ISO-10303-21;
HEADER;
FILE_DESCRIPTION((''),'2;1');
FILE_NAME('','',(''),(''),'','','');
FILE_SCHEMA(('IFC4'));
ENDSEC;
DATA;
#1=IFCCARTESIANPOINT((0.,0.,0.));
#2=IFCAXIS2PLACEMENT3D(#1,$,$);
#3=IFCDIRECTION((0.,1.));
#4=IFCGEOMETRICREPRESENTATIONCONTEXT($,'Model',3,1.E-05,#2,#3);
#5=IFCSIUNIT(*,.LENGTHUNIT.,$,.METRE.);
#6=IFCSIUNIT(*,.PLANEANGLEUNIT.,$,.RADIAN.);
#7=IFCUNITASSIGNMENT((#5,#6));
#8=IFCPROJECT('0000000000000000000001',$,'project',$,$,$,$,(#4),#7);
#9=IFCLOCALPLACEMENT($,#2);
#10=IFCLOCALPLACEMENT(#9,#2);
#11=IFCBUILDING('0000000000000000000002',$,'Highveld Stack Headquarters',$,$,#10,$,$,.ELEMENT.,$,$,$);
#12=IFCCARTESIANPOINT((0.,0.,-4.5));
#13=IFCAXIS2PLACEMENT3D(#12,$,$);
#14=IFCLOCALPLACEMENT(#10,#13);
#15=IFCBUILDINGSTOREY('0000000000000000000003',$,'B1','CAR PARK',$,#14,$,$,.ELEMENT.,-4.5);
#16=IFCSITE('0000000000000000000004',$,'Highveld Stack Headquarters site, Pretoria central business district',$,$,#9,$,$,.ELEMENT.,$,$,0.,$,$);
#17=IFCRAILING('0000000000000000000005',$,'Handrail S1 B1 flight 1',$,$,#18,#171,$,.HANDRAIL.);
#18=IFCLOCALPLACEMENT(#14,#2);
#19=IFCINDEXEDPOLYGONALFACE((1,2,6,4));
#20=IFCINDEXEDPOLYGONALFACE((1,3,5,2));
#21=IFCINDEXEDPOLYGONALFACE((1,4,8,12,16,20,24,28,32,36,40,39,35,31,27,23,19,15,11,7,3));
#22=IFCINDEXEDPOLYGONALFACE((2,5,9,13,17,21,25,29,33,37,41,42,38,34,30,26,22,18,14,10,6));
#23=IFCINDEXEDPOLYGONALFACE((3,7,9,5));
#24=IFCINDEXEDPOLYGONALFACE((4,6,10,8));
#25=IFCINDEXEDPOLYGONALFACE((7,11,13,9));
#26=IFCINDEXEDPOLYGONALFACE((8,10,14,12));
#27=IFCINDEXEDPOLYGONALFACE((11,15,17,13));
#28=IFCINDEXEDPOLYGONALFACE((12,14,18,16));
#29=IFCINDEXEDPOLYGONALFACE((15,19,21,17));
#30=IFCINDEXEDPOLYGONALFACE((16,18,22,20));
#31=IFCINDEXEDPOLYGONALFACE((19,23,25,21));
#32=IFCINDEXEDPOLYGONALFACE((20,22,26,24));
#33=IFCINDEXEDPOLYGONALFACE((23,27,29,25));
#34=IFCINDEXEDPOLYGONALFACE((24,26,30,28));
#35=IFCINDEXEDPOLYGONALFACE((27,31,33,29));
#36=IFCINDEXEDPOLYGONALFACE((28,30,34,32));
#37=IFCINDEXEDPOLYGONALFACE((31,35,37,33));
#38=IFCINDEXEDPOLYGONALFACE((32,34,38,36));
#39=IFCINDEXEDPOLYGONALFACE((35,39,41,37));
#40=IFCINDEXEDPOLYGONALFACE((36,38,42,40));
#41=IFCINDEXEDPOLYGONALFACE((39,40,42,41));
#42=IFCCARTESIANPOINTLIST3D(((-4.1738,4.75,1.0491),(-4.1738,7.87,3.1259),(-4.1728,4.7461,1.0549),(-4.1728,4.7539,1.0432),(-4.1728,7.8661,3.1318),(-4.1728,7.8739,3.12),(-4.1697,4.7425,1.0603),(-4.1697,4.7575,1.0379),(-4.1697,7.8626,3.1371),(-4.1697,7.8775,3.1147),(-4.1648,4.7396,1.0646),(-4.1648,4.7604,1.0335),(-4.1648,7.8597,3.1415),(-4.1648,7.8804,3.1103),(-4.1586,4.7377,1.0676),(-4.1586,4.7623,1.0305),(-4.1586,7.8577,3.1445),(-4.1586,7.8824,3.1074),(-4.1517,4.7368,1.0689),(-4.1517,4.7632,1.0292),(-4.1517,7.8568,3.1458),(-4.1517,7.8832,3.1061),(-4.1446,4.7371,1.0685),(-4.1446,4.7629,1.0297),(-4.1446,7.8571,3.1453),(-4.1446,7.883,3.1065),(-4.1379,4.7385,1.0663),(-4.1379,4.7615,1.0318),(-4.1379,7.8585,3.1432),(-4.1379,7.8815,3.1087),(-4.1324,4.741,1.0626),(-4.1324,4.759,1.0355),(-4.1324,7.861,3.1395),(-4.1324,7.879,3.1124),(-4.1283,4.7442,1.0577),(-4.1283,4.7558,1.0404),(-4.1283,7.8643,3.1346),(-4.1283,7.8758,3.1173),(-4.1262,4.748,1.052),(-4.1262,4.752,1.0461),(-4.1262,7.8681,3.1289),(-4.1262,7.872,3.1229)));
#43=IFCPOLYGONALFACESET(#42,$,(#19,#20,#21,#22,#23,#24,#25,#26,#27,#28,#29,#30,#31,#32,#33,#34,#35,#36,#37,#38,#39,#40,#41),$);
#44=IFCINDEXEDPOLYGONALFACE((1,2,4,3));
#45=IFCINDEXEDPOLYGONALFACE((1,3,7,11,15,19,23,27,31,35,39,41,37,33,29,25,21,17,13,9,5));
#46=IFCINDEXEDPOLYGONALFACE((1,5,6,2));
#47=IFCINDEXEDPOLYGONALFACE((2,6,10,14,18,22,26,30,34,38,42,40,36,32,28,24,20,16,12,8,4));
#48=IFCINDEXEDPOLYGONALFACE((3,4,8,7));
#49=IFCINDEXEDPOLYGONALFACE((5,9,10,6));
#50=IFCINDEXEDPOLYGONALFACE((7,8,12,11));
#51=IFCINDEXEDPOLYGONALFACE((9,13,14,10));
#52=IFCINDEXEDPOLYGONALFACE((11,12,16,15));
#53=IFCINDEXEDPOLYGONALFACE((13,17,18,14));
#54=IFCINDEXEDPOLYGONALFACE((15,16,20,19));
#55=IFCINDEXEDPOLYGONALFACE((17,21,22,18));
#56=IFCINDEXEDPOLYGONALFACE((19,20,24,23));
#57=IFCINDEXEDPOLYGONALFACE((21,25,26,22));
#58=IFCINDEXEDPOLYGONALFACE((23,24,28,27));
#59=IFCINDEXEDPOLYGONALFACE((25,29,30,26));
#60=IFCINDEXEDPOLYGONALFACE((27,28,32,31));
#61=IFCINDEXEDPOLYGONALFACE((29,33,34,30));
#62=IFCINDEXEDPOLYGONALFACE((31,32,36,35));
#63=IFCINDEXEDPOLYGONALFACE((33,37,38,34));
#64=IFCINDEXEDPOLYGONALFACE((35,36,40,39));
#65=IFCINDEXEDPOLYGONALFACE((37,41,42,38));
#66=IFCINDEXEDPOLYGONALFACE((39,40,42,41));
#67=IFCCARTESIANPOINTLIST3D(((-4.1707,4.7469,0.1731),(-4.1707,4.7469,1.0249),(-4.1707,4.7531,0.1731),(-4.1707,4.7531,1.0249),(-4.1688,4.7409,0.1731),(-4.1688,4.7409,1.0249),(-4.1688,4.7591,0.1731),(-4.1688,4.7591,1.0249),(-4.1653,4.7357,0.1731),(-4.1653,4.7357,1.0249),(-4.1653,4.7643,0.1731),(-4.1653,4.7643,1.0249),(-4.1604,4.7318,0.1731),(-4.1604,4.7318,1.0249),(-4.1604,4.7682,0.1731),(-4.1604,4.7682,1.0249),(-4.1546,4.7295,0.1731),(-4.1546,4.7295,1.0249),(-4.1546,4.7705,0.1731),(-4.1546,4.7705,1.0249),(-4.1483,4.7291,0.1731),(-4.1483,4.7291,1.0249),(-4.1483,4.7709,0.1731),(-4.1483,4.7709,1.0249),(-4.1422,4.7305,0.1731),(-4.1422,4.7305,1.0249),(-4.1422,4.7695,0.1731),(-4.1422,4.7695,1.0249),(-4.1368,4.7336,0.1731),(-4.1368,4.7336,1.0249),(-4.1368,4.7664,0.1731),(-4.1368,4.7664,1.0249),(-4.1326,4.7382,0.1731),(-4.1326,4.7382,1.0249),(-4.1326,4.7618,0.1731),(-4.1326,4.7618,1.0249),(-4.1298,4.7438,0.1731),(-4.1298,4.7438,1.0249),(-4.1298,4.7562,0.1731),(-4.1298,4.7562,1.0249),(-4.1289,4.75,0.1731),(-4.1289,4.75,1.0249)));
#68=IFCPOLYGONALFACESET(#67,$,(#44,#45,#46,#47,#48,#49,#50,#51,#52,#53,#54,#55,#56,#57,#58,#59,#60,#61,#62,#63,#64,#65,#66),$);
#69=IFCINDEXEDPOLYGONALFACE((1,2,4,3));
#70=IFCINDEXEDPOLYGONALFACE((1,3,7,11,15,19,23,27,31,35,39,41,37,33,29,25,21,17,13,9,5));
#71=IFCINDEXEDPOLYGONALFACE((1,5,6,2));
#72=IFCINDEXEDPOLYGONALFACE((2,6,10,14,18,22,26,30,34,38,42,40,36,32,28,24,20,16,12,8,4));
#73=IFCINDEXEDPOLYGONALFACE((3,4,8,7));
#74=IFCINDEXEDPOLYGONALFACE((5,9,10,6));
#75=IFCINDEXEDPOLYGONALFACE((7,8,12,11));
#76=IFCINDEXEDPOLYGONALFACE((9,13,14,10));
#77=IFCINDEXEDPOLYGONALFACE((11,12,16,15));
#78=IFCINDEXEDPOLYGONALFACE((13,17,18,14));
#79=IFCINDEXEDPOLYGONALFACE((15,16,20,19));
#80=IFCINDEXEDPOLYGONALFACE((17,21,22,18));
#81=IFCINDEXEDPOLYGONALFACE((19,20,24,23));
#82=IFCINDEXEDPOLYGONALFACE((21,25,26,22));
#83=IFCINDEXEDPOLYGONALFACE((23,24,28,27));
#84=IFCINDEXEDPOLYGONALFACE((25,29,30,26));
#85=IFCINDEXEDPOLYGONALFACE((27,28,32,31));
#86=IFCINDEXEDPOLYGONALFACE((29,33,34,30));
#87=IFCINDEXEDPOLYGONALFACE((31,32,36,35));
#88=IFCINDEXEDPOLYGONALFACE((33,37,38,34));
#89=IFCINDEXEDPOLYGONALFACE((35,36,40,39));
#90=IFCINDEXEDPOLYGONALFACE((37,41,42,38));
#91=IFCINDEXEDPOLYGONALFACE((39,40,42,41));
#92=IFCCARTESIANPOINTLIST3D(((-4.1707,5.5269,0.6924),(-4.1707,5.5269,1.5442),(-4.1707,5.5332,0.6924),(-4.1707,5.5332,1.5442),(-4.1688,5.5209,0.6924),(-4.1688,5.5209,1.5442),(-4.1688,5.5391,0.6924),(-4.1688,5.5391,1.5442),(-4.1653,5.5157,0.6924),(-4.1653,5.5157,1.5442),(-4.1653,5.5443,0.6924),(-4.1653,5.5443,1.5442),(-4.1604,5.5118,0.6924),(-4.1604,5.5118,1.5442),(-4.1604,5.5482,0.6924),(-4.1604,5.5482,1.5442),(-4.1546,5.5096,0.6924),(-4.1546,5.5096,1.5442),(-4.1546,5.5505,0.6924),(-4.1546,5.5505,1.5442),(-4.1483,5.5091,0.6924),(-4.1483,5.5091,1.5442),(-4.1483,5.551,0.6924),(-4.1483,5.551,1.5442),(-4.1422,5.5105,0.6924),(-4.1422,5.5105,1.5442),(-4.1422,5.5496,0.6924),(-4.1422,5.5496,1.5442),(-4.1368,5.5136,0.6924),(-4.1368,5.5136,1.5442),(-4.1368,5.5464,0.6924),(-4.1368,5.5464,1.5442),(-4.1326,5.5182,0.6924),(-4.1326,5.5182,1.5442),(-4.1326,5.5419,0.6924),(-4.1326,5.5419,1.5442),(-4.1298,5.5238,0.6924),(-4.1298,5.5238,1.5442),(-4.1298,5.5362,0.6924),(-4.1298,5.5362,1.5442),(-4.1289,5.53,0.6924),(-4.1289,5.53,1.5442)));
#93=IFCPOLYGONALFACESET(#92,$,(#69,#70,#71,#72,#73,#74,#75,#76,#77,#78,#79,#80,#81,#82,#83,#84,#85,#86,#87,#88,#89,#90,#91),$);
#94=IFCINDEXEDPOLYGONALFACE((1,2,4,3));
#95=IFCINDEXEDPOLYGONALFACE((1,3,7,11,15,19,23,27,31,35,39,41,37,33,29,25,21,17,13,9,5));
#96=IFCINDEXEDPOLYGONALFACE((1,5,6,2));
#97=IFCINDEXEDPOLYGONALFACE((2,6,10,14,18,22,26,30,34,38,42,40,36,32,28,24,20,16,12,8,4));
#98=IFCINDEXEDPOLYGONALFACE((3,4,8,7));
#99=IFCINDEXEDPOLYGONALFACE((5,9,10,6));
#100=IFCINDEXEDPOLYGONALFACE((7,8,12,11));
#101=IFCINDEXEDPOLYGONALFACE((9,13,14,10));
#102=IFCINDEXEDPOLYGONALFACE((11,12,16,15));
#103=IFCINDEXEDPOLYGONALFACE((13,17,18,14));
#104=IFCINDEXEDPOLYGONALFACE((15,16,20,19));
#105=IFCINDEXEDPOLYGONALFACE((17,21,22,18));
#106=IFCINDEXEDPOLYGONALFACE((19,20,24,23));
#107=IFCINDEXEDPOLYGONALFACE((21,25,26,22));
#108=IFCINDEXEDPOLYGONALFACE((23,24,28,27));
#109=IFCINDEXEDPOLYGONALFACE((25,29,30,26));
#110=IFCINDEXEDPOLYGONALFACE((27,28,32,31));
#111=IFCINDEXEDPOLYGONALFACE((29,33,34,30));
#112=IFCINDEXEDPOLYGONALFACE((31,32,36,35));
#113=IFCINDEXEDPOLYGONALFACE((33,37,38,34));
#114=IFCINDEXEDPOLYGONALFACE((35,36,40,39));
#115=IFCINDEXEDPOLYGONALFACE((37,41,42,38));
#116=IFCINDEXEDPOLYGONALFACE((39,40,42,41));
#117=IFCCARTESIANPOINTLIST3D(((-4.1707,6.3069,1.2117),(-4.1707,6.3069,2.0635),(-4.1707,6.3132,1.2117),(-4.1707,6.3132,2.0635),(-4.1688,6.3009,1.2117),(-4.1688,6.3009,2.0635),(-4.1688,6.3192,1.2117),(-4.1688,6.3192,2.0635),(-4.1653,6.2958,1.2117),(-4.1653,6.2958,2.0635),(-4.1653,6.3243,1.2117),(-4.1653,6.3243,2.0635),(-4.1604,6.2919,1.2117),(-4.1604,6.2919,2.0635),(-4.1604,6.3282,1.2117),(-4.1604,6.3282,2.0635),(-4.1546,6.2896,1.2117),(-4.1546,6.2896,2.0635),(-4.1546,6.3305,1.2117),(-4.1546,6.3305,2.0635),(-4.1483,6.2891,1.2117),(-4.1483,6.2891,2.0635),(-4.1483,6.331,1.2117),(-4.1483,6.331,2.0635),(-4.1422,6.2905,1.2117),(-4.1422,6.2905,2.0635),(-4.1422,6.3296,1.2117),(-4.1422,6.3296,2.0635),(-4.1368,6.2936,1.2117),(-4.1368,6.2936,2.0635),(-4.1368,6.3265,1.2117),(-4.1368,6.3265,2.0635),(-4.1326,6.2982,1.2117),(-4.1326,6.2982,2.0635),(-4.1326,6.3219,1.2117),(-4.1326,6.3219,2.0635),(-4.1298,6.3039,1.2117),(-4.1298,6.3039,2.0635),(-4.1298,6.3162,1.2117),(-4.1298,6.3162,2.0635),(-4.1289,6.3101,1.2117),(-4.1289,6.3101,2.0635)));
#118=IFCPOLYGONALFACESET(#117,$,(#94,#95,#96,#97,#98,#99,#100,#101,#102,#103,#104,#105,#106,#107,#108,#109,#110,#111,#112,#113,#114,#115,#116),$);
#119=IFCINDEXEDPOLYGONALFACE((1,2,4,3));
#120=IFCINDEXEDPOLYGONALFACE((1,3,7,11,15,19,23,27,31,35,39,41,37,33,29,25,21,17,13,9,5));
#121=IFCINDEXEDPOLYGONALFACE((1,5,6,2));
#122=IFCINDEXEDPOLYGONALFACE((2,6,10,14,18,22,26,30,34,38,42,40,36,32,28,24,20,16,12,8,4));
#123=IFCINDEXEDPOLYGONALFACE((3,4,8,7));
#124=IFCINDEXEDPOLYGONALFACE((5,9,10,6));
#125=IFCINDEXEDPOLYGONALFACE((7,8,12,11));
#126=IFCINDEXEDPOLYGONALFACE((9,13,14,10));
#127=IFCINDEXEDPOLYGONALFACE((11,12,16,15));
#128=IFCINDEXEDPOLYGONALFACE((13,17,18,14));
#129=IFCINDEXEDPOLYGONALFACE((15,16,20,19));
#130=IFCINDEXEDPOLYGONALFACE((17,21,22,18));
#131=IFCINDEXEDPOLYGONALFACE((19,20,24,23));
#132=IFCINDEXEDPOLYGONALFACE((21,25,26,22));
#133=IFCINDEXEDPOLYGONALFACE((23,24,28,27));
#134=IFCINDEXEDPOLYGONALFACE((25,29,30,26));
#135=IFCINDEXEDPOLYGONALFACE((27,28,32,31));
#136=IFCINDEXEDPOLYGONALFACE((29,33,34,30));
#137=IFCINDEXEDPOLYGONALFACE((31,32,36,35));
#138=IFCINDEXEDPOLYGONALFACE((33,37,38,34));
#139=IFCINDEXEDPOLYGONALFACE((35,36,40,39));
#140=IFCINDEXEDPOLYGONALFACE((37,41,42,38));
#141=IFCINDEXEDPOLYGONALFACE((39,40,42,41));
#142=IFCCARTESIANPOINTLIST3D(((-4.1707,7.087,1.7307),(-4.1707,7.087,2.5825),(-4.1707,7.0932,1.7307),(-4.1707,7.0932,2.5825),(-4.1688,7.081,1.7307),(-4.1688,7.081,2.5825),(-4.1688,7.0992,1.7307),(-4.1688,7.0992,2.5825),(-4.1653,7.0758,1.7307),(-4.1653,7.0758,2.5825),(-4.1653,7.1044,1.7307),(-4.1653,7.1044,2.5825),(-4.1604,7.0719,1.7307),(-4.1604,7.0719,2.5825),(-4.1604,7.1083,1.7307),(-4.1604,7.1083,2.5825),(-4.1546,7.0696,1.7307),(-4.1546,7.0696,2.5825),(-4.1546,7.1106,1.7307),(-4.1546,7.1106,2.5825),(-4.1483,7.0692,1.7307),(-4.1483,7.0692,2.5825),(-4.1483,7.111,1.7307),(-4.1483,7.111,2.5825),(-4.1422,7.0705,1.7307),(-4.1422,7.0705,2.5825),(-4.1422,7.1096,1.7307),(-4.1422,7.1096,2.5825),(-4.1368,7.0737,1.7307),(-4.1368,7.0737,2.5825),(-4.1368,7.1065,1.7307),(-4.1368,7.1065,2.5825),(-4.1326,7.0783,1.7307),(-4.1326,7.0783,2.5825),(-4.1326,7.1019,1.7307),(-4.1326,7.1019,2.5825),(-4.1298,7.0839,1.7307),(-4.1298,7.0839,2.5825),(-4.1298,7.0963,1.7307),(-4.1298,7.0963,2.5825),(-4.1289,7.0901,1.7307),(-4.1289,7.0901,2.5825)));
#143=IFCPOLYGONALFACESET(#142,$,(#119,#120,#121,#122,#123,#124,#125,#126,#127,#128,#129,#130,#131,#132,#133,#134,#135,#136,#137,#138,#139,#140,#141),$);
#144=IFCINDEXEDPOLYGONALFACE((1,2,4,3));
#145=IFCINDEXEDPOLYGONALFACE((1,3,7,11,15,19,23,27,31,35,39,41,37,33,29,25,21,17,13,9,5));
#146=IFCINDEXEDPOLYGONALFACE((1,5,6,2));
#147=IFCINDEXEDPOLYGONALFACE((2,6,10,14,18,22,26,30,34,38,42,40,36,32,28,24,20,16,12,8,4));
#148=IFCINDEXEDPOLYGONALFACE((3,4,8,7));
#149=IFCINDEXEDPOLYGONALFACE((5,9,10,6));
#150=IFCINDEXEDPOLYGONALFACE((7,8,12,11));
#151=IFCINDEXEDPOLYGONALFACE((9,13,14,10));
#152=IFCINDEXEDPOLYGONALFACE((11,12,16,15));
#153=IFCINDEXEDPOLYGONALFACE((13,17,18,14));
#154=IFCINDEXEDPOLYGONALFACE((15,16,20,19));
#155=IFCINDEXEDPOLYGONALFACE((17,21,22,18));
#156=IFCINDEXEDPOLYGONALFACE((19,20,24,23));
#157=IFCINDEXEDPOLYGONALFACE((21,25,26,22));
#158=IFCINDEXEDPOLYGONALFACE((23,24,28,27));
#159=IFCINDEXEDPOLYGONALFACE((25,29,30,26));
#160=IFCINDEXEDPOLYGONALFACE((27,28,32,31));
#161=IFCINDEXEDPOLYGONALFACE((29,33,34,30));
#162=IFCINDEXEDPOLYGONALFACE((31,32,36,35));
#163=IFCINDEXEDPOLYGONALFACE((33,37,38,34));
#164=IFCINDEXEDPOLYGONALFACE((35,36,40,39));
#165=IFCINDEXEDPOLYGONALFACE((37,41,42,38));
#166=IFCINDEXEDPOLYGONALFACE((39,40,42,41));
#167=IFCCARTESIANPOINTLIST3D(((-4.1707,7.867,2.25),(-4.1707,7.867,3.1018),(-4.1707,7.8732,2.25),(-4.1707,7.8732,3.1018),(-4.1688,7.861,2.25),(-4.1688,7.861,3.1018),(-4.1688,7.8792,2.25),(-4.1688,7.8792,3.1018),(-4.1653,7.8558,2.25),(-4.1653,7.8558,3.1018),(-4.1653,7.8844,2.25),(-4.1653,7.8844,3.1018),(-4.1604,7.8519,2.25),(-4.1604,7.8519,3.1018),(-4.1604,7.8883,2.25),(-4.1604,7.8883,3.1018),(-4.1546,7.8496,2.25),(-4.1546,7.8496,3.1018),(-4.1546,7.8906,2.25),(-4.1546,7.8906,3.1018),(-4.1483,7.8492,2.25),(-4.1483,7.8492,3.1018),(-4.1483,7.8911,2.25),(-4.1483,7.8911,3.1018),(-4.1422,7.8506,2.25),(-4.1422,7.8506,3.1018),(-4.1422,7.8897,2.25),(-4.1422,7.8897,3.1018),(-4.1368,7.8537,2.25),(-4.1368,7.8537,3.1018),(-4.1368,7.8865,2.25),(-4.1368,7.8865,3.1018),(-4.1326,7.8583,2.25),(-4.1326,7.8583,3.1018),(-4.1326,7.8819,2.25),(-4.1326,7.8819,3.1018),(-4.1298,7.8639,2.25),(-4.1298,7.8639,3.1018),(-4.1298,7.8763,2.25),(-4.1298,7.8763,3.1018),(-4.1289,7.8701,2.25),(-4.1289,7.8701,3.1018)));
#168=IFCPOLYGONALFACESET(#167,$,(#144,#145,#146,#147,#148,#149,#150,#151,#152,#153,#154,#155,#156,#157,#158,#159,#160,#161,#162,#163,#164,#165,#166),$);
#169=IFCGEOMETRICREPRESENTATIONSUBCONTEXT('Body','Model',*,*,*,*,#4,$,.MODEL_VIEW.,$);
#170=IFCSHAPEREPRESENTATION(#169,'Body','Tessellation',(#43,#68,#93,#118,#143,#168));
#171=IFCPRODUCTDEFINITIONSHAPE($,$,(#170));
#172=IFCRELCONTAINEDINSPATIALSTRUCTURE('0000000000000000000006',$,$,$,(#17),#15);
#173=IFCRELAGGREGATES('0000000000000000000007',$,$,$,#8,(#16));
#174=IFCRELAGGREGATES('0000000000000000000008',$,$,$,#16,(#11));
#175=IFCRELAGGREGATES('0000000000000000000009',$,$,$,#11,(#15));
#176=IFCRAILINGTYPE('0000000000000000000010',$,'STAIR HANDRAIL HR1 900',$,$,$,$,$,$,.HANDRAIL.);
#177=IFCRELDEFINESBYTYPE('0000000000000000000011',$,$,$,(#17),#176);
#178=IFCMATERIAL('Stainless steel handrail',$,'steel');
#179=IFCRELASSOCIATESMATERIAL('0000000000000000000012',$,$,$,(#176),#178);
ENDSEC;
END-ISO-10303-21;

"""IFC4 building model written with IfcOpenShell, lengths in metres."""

from ifc_helpers import new_model, si_unit, direction, frame, origin, origin_2d, place, context, subcontext, project, spatial, circle, extrude, material, type_object, element, save


model = new_model("IFC4")

# Units and contexts
model_context = context("Model", 3, precision=1e-05, world=origin(), true_north=direction((0.0, 1.0)))
body_context = subcontext(model_context, "Body", "Model", "MODEL_VIEW")
ifc_project = project(units=[si_unit("LENGTHUNIT", "METRE"), si_unit("PLANEANGLEUNIT", "RADIAN")], contexts=[model_context])

# Site, building, storey
site_placement = place(None, origin())
site = spatial("IfcSite", under=ifc_project, at=site_placement, Name="Highveld Stack Headquarters site, Pretoria central business district", CompositionType="ELEMENT", RefElevation=0.0)
building_placement = place(site_placement, origin())
building = spatial("IfcBuilding", under=site, at=building_placement, Name="Highveld Stack Headquarters", CompositionType="ELEMENT")
storey_placement = place(building_placement, frame((0.0, 0.0, -4.5)))
storey = spatial("IfcBuildingStorey", under=building, at=storey_placement, Name="B1", Description="CAR PARK", CompositionType="ELEMENT", Elevation=-4.5)

# Railing
ifc_material_1 = material(Name="Stainless steel handrail", Category="steel")
railing_type = type_object("IfcRailingType", Name="STAIR HANDRAIL HR1 900", PredefinedType="HANDRAIL", material=ifc_material_1)
for number, where, name in (
    (1, (-4.1499, 4.75, 0.1731), "Handrail S1 B1 flight 1"),
):
    element("IfcRailing", number, at=place(storey_placement, frame(where)), inside=storey, type_object=railing_type, Name=name, PredefinedType="HANDRAIL", context=body_context, shape_type="SweptSolid", body=[
        extrude(circle(Radius=0.0239, at=origin_2d()), frame((0.0, 0.0, 0.876), z_axis=(0.0, 0.832441, 0.554114), x_axis=(-1.0, 0.0, 0.0)), (0.0, 0.0, 1.0), 3.748),
        extrude(circle(Radius=0.021, at=origin_2d()), origin(), (0.0, 0.0, 1.0), 0.8518),
        extrude(circle(Radius=0.021, at=origin_2d()), frame((0.0, 0.78, 0.5193)), (0.0, 0.0, 1.0), 0.8518),
        extrude(circle(Radius=0.021, at=origin_2d()), frame((0.0, 1.5601, 1.0386)), (0.0, 0.0, 1.0), 0.8518),
        extrude(circle(Radius=0.021, at=origin_2d()), frame((0.0, 2.3401, 1.5576)), (0.0, 0.0, 1.0), 0.8518),
        extrude(circle(Radius=0.021, at=origin_2d()), frame((0.0, 3.1201, 2.0769)), (0.0, 0.0, 1.0), 0.8518),
    ])

save(model, "model.ifc")
